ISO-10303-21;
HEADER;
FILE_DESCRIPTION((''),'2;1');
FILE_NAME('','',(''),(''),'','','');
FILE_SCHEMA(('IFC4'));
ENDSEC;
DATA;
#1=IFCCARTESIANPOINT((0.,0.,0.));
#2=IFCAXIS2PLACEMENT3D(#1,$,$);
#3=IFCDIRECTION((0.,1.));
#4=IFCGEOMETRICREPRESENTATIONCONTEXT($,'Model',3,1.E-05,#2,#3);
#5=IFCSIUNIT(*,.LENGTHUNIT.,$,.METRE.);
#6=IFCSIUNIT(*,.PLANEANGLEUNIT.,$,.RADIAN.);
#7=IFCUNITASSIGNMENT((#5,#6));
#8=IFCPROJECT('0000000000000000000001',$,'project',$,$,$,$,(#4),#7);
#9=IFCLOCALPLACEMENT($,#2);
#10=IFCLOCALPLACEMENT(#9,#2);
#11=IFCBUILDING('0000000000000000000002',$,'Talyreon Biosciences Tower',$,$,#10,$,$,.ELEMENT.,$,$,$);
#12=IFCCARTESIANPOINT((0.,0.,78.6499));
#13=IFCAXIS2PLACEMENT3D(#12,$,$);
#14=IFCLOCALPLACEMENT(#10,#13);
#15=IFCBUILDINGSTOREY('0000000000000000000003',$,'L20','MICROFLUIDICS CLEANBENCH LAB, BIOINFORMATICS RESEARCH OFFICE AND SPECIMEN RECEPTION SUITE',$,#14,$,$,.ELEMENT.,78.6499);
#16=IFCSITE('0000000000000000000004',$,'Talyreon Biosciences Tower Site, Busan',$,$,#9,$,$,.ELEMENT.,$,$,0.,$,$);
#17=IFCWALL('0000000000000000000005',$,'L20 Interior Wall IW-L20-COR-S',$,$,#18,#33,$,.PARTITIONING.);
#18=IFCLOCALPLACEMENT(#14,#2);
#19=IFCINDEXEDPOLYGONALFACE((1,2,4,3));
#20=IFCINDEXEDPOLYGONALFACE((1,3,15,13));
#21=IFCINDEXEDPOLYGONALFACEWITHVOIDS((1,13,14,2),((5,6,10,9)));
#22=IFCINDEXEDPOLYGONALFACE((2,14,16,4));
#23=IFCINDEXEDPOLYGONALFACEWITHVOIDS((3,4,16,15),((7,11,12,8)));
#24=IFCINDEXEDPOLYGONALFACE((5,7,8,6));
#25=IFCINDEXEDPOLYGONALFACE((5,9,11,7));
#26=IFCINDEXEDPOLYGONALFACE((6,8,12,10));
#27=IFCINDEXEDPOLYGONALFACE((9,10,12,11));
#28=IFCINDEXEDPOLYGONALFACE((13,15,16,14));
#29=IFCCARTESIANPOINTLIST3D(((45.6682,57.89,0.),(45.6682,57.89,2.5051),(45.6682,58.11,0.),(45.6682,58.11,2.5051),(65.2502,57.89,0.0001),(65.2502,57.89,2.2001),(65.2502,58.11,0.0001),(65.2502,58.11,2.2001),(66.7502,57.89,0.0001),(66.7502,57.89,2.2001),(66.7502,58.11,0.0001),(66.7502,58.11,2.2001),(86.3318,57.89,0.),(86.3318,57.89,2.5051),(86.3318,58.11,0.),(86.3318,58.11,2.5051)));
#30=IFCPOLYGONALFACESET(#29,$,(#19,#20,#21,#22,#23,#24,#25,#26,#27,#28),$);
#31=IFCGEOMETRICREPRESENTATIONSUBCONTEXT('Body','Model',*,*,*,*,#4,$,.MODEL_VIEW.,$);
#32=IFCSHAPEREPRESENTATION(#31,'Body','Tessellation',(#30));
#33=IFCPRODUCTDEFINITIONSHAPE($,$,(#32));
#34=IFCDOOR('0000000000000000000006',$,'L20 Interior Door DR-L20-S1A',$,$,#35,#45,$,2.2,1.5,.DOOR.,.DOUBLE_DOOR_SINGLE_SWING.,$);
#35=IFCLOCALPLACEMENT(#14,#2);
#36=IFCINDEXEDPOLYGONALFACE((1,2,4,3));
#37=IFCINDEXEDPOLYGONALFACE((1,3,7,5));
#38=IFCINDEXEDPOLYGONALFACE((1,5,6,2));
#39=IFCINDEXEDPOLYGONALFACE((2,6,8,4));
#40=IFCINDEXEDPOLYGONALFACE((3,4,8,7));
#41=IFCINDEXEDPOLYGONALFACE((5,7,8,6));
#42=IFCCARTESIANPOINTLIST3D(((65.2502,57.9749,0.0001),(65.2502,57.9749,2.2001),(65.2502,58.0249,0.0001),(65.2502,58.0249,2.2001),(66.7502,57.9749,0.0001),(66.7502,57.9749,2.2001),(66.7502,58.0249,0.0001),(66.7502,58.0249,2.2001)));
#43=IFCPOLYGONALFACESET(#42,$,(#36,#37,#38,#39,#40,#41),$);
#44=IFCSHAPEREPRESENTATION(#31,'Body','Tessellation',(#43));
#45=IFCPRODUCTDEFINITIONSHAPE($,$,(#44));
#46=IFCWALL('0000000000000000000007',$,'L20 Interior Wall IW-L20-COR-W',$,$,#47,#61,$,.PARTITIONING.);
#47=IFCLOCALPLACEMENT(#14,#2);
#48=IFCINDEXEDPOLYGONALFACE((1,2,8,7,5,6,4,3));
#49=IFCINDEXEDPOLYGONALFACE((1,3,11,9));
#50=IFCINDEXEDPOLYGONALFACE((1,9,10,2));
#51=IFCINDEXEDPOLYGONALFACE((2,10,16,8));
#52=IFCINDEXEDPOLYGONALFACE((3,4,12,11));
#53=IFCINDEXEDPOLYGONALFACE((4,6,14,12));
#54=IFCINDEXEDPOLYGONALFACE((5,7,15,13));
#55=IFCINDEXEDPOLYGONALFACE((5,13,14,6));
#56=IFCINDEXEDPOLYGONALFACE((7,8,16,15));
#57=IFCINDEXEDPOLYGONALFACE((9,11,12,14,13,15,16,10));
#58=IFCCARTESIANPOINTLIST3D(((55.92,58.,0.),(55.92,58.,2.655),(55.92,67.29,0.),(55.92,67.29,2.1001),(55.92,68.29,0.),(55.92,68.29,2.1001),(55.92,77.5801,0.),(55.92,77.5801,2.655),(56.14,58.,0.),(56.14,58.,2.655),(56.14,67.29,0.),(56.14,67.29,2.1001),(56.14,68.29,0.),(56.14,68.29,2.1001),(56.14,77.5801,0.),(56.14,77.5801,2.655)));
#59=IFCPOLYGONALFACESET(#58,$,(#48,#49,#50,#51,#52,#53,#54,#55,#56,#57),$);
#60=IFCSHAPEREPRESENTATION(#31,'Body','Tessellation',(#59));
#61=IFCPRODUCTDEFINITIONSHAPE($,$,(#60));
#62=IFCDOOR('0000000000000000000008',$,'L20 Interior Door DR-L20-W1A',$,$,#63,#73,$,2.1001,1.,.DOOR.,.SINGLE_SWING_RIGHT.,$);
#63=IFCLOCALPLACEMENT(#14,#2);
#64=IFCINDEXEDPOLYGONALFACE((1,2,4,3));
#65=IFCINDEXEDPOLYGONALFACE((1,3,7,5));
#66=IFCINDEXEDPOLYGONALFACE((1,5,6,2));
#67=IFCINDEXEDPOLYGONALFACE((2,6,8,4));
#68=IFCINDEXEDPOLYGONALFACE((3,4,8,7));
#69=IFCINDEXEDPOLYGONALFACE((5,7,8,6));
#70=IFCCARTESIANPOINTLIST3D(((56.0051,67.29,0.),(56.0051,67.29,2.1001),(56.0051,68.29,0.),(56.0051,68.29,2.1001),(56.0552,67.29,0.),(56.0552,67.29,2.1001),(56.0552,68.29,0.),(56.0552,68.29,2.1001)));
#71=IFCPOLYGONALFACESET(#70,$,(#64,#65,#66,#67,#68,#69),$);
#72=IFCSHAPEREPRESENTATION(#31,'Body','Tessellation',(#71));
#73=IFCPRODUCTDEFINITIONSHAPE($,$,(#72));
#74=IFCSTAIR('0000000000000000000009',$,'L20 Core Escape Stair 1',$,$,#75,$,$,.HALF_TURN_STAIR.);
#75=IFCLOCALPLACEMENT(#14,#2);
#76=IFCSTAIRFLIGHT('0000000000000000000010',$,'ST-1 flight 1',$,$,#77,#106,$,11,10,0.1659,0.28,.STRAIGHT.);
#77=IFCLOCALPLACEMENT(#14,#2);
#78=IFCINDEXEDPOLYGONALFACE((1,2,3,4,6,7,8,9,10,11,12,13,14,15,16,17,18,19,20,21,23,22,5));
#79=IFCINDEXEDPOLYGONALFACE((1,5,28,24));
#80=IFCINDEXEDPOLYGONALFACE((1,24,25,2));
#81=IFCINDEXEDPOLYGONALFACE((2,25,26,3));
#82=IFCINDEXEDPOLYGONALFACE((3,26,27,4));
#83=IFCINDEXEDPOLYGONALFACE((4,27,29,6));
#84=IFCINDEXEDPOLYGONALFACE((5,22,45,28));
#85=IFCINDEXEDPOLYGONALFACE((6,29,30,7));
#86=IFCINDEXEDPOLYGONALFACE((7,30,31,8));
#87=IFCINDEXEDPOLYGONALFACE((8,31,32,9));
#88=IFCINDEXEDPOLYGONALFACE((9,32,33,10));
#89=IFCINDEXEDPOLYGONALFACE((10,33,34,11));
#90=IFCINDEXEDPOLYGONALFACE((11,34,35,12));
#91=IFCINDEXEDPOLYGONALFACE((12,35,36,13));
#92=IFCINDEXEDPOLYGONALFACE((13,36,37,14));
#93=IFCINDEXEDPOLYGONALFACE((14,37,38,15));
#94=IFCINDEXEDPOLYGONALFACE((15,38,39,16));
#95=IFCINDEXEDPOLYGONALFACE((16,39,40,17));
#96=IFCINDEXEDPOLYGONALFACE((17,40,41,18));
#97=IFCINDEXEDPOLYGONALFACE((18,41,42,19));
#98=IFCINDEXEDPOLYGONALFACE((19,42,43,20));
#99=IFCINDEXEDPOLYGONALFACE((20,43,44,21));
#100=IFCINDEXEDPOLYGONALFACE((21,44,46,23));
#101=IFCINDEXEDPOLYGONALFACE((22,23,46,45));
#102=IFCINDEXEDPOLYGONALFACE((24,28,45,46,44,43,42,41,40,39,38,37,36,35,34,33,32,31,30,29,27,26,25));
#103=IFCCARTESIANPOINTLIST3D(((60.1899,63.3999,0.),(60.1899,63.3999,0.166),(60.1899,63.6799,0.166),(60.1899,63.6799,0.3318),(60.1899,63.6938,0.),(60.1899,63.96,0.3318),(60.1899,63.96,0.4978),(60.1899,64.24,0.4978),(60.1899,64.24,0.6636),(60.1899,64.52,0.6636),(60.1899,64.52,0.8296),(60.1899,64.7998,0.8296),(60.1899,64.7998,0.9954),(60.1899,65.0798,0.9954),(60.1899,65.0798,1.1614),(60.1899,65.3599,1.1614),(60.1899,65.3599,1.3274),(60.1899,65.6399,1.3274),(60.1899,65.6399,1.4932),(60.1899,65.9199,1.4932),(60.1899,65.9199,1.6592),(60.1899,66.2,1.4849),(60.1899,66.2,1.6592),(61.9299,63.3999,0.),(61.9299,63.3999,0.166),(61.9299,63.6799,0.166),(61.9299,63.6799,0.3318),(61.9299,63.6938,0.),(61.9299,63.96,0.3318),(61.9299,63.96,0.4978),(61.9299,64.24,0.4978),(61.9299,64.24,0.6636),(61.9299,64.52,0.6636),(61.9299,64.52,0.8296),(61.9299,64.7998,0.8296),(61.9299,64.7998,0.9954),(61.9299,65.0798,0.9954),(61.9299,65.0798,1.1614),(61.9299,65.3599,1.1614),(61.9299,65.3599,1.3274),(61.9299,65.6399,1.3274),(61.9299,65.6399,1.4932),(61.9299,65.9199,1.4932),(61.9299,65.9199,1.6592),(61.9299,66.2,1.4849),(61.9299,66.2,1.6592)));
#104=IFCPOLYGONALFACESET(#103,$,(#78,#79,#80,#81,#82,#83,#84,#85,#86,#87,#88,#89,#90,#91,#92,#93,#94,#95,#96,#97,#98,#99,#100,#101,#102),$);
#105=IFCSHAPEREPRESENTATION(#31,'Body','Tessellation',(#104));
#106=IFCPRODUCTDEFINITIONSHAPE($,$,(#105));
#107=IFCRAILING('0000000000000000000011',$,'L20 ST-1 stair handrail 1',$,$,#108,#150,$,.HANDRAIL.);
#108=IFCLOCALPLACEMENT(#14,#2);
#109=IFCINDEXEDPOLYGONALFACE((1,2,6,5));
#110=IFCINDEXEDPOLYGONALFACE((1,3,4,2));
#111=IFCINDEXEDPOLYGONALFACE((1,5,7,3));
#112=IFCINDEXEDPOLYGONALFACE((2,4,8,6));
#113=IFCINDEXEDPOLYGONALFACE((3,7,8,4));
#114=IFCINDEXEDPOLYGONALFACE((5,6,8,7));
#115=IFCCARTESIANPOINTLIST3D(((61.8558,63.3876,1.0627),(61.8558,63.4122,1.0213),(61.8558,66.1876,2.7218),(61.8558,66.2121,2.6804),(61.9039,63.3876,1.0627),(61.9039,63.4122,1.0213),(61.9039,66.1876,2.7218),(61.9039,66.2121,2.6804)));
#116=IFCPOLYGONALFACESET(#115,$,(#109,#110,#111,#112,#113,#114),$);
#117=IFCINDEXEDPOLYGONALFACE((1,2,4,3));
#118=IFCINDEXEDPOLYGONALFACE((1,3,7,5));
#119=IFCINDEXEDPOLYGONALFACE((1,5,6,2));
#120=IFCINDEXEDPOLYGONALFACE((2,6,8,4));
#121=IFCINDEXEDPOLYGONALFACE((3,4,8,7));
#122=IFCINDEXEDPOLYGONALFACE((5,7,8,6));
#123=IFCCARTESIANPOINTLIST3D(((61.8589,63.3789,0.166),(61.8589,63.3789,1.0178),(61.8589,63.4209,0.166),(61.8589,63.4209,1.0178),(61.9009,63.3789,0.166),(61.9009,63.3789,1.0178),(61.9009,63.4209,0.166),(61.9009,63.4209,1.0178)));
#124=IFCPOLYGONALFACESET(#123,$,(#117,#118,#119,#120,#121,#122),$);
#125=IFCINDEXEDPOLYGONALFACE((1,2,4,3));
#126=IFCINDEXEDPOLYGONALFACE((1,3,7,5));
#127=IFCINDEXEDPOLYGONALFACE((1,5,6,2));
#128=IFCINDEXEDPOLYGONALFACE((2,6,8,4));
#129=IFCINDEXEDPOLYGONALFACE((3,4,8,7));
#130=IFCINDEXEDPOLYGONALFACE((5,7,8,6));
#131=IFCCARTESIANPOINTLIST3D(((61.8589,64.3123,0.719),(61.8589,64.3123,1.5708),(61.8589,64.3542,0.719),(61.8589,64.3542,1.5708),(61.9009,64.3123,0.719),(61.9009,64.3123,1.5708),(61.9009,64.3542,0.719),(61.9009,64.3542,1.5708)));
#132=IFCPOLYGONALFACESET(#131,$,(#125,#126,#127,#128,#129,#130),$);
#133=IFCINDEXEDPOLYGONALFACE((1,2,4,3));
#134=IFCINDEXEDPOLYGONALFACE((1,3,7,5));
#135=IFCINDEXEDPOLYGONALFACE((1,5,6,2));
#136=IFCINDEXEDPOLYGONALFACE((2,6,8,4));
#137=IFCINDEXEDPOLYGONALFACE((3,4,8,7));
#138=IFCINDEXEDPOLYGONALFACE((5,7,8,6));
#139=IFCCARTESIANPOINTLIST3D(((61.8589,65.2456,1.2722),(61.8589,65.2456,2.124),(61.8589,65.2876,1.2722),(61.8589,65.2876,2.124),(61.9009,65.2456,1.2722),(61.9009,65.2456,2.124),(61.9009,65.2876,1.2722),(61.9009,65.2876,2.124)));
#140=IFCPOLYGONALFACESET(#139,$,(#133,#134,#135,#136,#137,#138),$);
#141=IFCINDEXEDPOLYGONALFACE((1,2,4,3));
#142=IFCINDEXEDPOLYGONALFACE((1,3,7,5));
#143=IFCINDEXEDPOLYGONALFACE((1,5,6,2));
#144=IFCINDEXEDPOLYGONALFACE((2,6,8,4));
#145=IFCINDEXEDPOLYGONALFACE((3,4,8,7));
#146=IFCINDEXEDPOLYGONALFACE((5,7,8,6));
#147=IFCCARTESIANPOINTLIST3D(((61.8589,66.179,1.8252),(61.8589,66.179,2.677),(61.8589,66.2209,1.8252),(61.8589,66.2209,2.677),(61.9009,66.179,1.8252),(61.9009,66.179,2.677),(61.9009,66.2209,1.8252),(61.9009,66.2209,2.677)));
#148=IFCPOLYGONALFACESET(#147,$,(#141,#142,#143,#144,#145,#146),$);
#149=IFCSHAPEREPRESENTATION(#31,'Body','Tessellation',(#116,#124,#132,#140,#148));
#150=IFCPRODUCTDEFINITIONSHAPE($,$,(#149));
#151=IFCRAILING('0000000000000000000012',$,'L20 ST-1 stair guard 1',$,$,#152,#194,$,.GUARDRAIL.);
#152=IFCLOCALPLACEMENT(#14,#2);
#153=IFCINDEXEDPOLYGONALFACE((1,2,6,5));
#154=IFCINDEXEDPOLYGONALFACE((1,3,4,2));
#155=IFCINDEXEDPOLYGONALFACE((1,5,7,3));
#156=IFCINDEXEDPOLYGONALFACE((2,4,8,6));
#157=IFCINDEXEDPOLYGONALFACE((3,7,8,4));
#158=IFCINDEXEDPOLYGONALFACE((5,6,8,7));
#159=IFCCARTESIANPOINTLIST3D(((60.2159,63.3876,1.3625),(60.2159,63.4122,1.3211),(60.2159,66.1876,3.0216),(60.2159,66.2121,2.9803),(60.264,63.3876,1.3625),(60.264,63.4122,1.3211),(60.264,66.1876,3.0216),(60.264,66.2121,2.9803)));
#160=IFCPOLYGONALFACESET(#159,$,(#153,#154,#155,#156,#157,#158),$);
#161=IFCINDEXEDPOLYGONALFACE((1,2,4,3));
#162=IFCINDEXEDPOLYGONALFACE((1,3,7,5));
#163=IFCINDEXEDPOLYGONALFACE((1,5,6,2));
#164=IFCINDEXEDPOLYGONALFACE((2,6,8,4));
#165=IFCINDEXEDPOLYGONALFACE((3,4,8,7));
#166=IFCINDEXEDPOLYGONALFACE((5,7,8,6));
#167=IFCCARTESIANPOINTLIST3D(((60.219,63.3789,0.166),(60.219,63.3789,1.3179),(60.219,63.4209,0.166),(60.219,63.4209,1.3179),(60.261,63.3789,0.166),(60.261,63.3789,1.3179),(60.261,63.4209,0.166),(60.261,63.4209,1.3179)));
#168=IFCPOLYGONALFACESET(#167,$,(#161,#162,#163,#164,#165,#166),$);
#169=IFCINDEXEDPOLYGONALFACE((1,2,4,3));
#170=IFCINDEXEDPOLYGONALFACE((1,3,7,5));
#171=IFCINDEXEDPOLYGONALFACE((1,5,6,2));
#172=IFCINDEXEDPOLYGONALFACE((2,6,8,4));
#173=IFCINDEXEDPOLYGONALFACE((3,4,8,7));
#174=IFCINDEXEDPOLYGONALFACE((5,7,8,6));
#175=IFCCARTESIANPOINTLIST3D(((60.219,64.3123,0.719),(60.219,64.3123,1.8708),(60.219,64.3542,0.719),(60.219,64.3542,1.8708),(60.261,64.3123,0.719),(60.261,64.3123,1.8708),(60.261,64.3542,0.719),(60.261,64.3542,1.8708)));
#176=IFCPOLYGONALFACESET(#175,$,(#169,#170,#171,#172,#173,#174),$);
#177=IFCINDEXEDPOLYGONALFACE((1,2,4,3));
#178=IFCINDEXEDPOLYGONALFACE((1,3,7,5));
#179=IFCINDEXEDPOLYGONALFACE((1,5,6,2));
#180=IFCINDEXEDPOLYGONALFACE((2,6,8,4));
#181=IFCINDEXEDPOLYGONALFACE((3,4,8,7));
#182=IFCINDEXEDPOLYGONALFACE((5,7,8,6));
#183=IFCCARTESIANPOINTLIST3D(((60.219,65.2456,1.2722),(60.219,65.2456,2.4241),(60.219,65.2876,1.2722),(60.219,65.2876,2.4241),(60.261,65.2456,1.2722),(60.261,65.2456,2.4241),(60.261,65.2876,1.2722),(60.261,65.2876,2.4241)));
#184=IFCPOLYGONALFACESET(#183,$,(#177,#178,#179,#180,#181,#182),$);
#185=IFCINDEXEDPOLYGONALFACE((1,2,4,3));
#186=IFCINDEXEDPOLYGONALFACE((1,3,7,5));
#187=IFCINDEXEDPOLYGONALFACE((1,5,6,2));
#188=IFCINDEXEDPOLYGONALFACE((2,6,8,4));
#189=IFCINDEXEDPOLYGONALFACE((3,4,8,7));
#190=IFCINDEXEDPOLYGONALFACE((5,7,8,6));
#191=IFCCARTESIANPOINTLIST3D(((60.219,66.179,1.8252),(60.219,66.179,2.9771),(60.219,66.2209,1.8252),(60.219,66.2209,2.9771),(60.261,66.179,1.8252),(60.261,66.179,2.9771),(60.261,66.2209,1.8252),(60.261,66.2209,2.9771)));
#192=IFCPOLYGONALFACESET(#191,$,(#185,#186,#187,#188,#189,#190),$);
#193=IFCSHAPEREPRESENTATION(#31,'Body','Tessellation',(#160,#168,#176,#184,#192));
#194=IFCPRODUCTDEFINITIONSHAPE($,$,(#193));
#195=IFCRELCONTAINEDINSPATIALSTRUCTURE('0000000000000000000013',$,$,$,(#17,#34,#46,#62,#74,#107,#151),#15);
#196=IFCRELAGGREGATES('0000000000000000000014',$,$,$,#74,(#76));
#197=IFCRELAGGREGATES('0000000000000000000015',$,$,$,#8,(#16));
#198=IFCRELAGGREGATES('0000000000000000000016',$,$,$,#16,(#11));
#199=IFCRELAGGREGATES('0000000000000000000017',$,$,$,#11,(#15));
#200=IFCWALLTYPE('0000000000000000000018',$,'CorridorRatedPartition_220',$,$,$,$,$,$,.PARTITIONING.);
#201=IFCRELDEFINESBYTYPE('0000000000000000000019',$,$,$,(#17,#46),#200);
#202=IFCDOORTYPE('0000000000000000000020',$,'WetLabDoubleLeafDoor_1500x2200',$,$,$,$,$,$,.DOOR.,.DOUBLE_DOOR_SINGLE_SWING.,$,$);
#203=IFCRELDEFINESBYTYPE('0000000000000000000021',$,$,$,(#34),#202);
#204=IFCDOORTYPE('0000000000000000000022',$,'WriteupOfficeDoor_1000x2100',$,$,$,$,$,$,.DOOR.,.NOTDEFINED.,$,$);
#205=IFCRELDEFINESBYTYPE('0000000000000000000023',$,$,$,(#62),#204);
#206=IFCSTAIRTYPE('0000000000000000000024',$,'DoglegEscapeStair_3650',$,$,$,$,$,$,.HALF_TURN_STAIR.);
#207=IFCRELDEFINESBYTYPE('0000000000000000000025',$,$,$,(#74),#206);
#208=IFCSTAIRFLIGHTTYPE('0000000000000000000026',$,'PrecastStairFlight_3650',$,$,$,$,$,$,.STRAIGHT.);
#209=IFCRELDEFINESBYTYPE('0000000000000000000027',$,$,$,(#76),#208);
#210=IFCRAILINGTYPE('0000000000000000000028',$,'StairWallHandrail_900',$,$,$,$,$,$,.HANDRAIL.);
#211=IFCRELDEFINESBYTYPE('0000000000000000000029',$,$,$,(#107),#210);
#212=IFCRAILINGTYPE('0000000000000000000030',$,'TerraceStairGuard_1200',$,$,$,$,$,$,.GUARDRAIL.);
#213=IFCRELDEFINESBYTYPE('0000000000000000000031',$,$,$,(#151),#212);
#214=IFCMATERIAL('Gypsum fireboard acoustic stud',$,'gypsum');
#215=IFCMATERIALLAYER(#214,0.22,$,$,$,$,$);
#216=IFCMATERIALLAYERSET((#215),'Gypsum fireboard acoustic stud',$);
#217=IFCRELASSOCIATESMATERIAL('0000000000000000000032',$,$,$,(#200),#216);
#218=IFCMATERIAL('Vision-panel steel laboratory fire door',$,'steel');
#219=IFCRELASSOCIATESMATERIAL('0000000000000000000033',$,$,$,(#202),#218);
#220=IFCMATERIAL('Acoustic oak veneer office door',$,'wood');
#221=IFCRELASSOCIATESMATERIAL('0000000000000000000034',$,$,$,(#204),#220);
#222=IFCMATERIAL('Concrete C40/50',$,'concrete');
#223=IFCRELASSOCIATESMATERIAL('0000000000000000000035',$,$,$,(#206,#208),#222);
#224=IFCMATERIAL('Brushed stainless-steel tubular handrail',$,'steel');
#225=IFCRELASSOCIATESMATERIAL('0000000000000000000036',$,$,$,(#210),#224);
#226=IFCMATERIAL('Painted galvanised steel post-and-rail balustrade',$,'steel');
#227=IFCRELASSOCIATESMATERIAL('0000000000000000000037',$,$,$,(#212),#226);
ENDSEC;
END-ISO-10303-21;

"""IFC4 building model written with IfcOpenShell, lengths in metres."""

from ifc_helpers import new_model, si_unit, direction, frame, frame_2d, origin, origin_2d, place, context, subcontext, project, spatial, polyline, rectangle, outline, extrude, material, layer, layer_set, type_object, element, fill, aggregate, save


model = new_model("IFC4")

# Units and contexts
model_context = context("Model", 3, precision=1e-05, world=origin(), true_north=direction((0.0, 1.0)))
body_context = subcontext(model_context, "Body", "Model", "MODEL_VIEW")
ifc_project = project(units=[si_unit("LENGTHUNIT", "METRE"), si_unit("PLANEANGLEUNIT", "RADIAN")], contexts=[model_context])

# Site, building, storey
site_placement = place(None, origin())
site = spatial("IfcSite", under=ifc_project, at=site_placement, Name="Talyreon Biosciences Tower Site, Busan", CompositionType="ELEMENT", RefElevation=0.0)
building_placement = place(site_placement, origin())
building = spatial("IfcBuilding", under=site, at=building_placement, Name="Talyreon Biosciences Tower", CompositionType="ELEMENT")
storey_placement = place(building_placement, frame((0.0, 0.0, 78.6499)))
storey = spatial("IfcBuildingStorey", under=building, at=storey_placement, Name="L20", Description="MICROFLUIDICS CLEANBENCH LAB, BIOINFORMATICS RESEARCH OFFICE AND SPECIMEN RECEPTION SUITE", CompositionType="ELEMENT", Elevation=78.6499)

# Walls, openings, doors
ifc_material_1 = material(Name="Gypsum fireboard acoustic stud", Category="gypsum")
ifc_layer_1 = layer(ifc_material_1, 0.22)
ifc_layer_set_1 = layer_set([ifc_layer_1], Name="Gypsum fireboard acoustic stud")
wall_type_1 = type_object("IfcWallType", Name="CorridorRatedPartition_220", PredefinedType="PARTITIONING", material=ifc_layer_set_1)
wall_1_placement = place(storey_placement, frame((45.6682, 58.0, 0.0), z_axis=(0.0, 0.0, 1.0), x_axis=(1.0, 0.0, 0.0)))
wall_1 = element("IfcWall", 1, at=wall_1_placement, inside=storey, type_object=wall_type_1, Name="L20 Interior Wall IW-L20-COR-S", PredefinedType="PARTITIONING", context=body_context, shape_type="SweptSolid", body=[
    extrude(rectangle(XDim=40.6636, YDim=0.22, at=frame_2d((20.3318, 0.0))), origin(), (0.0, 0.0, 1.0), 2.5051),
])
opening_1_placement = place(wall_1_placement, frame((19.582, 0.0, 0.0)))
opening_1 = element("IfcOpeningElement", 2, at=opening_1_placement, cuts=wall_1, PredefinedType="OPENING", context=body_context, shape_type="SweptSolid", body=[
    extrude(rectangle(XDim=1.5, YDim=2.2, at=frame_2d((0.75, 1.1001))), frame((0.0, 0.1199, 0.0), z_axis=(0.0, -1.0, 0.0), x_axis=(1.0, 0.0, 0.0)), (0.0, 0.0, 1.0), 0.24),
])
ifc_material_2 = material(Name="Vision-panel steel laboratory fire door", Category="steel")
door_type_1 = type_object("IfcDoorType", Name="WetLabDoubleLeafDoor_1500x2200", OperationType="DOUBLE_DOOR_SINGLE_SWING", PredefinedType="DOOR", material=ifc_material_2)
door_1_placement = place(opening_1_placement, origin())
door_1 = element("IfcDoor", 3, at=door_1_placement, inside=storey, type_object=door_type_1, Name="L20 Interior Door DR-L20-S1A", OperationType="DOUBLE_DOOR_SINGLE_SWING", OverallHeight=2.2, OverallWidth=1.5, PredefinedType="DOOR", context=body_context, shape_type="SweptSolid", body=[
    extrude(rectangle(XDim=1.5, YDim=2.2, at=frame_2d((0.75, 1.1001))), frame((0.0, 0.0249, 0.0), z_axis=(0.0, -1.0, 0.0), x_axis=(1.0, 0.0, 0.0)), (0.0, 0.0, 1.0), 0.05),
])
fill(opening_1, door_1)
wall_2_placement = place(storey_placement, frame((56.03, 58.0, 0.0), z_axis=(0.0, 0.0, 1.0), x_axis=(0.0, 1.0, 0.0)))
wall_2 = element("IfcWall", 4, at=wall_2_placement, inside=storey, type_object=wall_type_1, Name="L20 Interior Wall IW-L20-COR-W", PredefinedType="PARTITIONING", context=body_context, shape_type="SweptSolid", body=[
    extrude(rectangle(XDim=19.5801, YDim=0.22, at=frame_2d((9.79, 0.0))), origin(), (0.0, 0.0, 1.0), 2.655),
])
opening_2_placement = place(wall_2_placement, frame((9.29, 0.0, 0.0)))
opening_2 = element("IfcOpeningElement", 5, at=opening_2_placement, cuts=wall_2, PredefinedType="OPENING", context=body_context, shape_type="SweptSolid", body=[
    extrude(rectangle(XDim=1.0, YDim=2.1001, at=frame_2d((0.5, 1.05))), frame((0.0, 0.1199, 0.0), z_axis=(0.0, -1.0, 0.0), x_axis=(1.0, 0.0, 0.0)), (0.0, 0.0, 1.0), 0.24),
])
ifc_material_3 = material(Name="Acoustic oak veneer office door", Category="wood")
door_type_2 = type_object("IfcDoorType", Name="WriteupOfficeDoor_1000x2100", OperationType="NOTDEFINED", PredefinedType="DOOR", material=ifc_material_3)
door_2_placement = place(opening_2_placement, origin())
door_2 = element("IfcDoor", 6, at=door_2_placement, inside=storey, type_object=door_type_2, Name="L20 Interior Door DR-L20-W1A", OperationType="SINGLE_SWING_RIGHT", OverallHeight=2.1001, OverallWidth=1.0, PredefinedType="DOOR", context=body_context, shape_type="SweptSolid", body=[
    extrude(rectangle(XDim=1.0, YDim=2.1001, at=frame_2d((0.5, 1.05))), frame((0.0, 0.0249, 0.0), z_axis=(0.0, -1.0, 0.0), x_axis=(1.0, 0.0, 0.0)), (0.0, 0.0, 1.0), 0.05),
])
fill(opening_2, door_2)

# Stair, stair flight
ifc_material_4 = material(Name="Concrete C40/50", Category="concrete")
stair_type = type_object("IfcStairType", Name="DoglegEscapeStair_3650", PredefinedType="HALF_TURN_STAIR", material=ifc_material_4)
stair_placement = place(storey_placement, origin())
stair = element("IfcStair", 7, at=stair_placement, inside=storey, type_object=stair_type, Name="L20 Core Escape Stair 1", PredefinedType="HALF_TURN_STAIR")
stair_flight_type = type_object("IfcStairFlightType", Name="PrecastStairFlight_3650", PredefinedType="STRAIGHT", material=ifc_material_4)
stair_flight_placement = place(storey_placement, frame((61.0601, 63.3999, 0.0), z_axis=(0.0, 0.0, 1.0), x_axis=(0.0, 1.0, 0.0)))
stair_flight = element("IfcStairFlight", 8, at=stair_flight_placement, type_object=stair_flight_type, Name="ST-1 flight 1", NumberOfRisers=11, NumberOfTreads=10, PredefinedType="STRAIGHT", RiserHeight=0.1659, TreadLength=0.28, context=body_context, shape_type="SweptSolid", body=[
    extrude(outline(polyline([(0.0, 0.0), (0.0, 0.166), (0.28, 0.166), (0.28, 0.3318), (0.5601, 0.3318), (0.5601, 0.4978), (0.8401, 0.4978), (0.8401, 0.6636), (1.1201, 0.6636), (1.1201, 0.8296), (1.3999, 0.8296), (1.3999, 0.9954), (1.6799, 0.9954), (1.6799, 1.1614), (1.96, 1.1614), (1.96, 1.3274), (2.24, 1.3274), (2.24, 1.4932), (2.52, 1.4932), (2.52, 1.6592), (2.8, 1.6592), (2.8, 1.825), (2.8, 1.4849), (0.2939, 0.0), (0.0, 0.0)])), frame((0.0, 0.8701, 0.0), z_axis=(0.0, -1.0, 0.0), x_axis=(1.0, 0.0, 0.0)), (0.0, 0.0, 1.0), 1.74),
])
aggregate(stair, [stair_flight])

# Railings
ifc_material_5 = material(Name="Brushed stainless-steel tubular handrail", Category="steel")
railing_type_1 = type_object("IfcRailingType", Name="StairWallHandrail_900", PredefinedType="HANDRAIL", material=ifc_material_5)
railing_1_placement = place(storey_placement, frame((61.8799, 63.3999, 0.166)))
element("IfcRailing", 9, at=railing_1_placement, inside=storey, type_object=railing_type_1, Name="L20 ST-1 stair handrail 1", PredefinedType="HANDRAIL", context=body_context, shape_type="SweptSolid", body=[
    extrude(rectangle(XDim=0.0481, YDim=0.0481, at=origin_2d()), frame((0.0, 0.0, 0.876), z_axis=(0.0, 0.860306, 0.509778), x_axis=(-1.0, 0.0, 0.0)), (0.0, 0.0, 1.0), 3.2546),
    extrude(rectangle(XDim=0.042, YDim=0.042, at=origin_2d()), origin(), (0.0, 0.0, 1.0), 0.8518),
    extrude(rectangle(XDim=0.042, YDim=0.042, at=origin_2d()), frame((0.0, 0.9333, 0.553)), (0.0, 0.0, 1.0), 0.8518),
    extrude(rectangle(XDim=0.042, YDim=0.042, at=origin_2d()), frame((0.0, 1.8667, 1.1062)), (0.0, 0.0, 1.0), 0.8518),
    extrude(rectangle(XDim=0.042, YDim=0.042, at=origin_2d()), frame((0.0, 2.8, 1.6592)), (0.0, 0.0, 1.0), 0.8518),
])
ifc_material_6 = material(Name="Painted galvanised steel post-and-rail balustrade", Category="steel")
railing_type_2 = type_object("IfcRailingType", Name="TerraceStairGuard_1200", PredefinedType="GUARDRAIL", material=ifc_material_6)
railing_2_placement = place(storey_placement, frame((60.24, 63.3999, 0.166)))
element("IfcRailing", 10, at=railing_2_placement, inside=storey, type_object=railing_type_2, Name="L20 ST-1 stair guard 1", PredefinedType="GUARDRAIL", context=body_context, shape_type="SweptSolid", body=[
    extrude(rectangle(XDim=0.0481, YDim=0.0481, at=origin_2d()), frame((0.0, 0.0, 1.1758), z_axis=(0.0, 0.860306, 0.509778), x_axis=(-1.0, 0.0, 0.0)), (0.0, 0.0, 1.0), 3.2546),
    extrude(rectangle(XDim=0.042, YDim=0.042, at=origin_2d()), origin(), (0.0, 0.0, 1.0), 1.1519),
    extrude(rectangle(XDim=0.042, YDim=0.042, at=origin_2d()), frame((0.0, 0.9333, 0.553)), (0.0, 0.0, 1.0), 1.1519),
    extrude(rectangle(XDim=0.042, YDim=0.042, at=origin_2d()), frame((0.0, 1.8667, 1.1062)), (0.0, 0.0, 1.0), 1.1519),
    extrude(rectangle(XDim=0.042, YDim=0.042, at=origin_2d()), frame((0.0, 2.8, 1.6592)), (0.0, 0.0, 1.0), 1.1519),
])

save(model, "model.ifc")
